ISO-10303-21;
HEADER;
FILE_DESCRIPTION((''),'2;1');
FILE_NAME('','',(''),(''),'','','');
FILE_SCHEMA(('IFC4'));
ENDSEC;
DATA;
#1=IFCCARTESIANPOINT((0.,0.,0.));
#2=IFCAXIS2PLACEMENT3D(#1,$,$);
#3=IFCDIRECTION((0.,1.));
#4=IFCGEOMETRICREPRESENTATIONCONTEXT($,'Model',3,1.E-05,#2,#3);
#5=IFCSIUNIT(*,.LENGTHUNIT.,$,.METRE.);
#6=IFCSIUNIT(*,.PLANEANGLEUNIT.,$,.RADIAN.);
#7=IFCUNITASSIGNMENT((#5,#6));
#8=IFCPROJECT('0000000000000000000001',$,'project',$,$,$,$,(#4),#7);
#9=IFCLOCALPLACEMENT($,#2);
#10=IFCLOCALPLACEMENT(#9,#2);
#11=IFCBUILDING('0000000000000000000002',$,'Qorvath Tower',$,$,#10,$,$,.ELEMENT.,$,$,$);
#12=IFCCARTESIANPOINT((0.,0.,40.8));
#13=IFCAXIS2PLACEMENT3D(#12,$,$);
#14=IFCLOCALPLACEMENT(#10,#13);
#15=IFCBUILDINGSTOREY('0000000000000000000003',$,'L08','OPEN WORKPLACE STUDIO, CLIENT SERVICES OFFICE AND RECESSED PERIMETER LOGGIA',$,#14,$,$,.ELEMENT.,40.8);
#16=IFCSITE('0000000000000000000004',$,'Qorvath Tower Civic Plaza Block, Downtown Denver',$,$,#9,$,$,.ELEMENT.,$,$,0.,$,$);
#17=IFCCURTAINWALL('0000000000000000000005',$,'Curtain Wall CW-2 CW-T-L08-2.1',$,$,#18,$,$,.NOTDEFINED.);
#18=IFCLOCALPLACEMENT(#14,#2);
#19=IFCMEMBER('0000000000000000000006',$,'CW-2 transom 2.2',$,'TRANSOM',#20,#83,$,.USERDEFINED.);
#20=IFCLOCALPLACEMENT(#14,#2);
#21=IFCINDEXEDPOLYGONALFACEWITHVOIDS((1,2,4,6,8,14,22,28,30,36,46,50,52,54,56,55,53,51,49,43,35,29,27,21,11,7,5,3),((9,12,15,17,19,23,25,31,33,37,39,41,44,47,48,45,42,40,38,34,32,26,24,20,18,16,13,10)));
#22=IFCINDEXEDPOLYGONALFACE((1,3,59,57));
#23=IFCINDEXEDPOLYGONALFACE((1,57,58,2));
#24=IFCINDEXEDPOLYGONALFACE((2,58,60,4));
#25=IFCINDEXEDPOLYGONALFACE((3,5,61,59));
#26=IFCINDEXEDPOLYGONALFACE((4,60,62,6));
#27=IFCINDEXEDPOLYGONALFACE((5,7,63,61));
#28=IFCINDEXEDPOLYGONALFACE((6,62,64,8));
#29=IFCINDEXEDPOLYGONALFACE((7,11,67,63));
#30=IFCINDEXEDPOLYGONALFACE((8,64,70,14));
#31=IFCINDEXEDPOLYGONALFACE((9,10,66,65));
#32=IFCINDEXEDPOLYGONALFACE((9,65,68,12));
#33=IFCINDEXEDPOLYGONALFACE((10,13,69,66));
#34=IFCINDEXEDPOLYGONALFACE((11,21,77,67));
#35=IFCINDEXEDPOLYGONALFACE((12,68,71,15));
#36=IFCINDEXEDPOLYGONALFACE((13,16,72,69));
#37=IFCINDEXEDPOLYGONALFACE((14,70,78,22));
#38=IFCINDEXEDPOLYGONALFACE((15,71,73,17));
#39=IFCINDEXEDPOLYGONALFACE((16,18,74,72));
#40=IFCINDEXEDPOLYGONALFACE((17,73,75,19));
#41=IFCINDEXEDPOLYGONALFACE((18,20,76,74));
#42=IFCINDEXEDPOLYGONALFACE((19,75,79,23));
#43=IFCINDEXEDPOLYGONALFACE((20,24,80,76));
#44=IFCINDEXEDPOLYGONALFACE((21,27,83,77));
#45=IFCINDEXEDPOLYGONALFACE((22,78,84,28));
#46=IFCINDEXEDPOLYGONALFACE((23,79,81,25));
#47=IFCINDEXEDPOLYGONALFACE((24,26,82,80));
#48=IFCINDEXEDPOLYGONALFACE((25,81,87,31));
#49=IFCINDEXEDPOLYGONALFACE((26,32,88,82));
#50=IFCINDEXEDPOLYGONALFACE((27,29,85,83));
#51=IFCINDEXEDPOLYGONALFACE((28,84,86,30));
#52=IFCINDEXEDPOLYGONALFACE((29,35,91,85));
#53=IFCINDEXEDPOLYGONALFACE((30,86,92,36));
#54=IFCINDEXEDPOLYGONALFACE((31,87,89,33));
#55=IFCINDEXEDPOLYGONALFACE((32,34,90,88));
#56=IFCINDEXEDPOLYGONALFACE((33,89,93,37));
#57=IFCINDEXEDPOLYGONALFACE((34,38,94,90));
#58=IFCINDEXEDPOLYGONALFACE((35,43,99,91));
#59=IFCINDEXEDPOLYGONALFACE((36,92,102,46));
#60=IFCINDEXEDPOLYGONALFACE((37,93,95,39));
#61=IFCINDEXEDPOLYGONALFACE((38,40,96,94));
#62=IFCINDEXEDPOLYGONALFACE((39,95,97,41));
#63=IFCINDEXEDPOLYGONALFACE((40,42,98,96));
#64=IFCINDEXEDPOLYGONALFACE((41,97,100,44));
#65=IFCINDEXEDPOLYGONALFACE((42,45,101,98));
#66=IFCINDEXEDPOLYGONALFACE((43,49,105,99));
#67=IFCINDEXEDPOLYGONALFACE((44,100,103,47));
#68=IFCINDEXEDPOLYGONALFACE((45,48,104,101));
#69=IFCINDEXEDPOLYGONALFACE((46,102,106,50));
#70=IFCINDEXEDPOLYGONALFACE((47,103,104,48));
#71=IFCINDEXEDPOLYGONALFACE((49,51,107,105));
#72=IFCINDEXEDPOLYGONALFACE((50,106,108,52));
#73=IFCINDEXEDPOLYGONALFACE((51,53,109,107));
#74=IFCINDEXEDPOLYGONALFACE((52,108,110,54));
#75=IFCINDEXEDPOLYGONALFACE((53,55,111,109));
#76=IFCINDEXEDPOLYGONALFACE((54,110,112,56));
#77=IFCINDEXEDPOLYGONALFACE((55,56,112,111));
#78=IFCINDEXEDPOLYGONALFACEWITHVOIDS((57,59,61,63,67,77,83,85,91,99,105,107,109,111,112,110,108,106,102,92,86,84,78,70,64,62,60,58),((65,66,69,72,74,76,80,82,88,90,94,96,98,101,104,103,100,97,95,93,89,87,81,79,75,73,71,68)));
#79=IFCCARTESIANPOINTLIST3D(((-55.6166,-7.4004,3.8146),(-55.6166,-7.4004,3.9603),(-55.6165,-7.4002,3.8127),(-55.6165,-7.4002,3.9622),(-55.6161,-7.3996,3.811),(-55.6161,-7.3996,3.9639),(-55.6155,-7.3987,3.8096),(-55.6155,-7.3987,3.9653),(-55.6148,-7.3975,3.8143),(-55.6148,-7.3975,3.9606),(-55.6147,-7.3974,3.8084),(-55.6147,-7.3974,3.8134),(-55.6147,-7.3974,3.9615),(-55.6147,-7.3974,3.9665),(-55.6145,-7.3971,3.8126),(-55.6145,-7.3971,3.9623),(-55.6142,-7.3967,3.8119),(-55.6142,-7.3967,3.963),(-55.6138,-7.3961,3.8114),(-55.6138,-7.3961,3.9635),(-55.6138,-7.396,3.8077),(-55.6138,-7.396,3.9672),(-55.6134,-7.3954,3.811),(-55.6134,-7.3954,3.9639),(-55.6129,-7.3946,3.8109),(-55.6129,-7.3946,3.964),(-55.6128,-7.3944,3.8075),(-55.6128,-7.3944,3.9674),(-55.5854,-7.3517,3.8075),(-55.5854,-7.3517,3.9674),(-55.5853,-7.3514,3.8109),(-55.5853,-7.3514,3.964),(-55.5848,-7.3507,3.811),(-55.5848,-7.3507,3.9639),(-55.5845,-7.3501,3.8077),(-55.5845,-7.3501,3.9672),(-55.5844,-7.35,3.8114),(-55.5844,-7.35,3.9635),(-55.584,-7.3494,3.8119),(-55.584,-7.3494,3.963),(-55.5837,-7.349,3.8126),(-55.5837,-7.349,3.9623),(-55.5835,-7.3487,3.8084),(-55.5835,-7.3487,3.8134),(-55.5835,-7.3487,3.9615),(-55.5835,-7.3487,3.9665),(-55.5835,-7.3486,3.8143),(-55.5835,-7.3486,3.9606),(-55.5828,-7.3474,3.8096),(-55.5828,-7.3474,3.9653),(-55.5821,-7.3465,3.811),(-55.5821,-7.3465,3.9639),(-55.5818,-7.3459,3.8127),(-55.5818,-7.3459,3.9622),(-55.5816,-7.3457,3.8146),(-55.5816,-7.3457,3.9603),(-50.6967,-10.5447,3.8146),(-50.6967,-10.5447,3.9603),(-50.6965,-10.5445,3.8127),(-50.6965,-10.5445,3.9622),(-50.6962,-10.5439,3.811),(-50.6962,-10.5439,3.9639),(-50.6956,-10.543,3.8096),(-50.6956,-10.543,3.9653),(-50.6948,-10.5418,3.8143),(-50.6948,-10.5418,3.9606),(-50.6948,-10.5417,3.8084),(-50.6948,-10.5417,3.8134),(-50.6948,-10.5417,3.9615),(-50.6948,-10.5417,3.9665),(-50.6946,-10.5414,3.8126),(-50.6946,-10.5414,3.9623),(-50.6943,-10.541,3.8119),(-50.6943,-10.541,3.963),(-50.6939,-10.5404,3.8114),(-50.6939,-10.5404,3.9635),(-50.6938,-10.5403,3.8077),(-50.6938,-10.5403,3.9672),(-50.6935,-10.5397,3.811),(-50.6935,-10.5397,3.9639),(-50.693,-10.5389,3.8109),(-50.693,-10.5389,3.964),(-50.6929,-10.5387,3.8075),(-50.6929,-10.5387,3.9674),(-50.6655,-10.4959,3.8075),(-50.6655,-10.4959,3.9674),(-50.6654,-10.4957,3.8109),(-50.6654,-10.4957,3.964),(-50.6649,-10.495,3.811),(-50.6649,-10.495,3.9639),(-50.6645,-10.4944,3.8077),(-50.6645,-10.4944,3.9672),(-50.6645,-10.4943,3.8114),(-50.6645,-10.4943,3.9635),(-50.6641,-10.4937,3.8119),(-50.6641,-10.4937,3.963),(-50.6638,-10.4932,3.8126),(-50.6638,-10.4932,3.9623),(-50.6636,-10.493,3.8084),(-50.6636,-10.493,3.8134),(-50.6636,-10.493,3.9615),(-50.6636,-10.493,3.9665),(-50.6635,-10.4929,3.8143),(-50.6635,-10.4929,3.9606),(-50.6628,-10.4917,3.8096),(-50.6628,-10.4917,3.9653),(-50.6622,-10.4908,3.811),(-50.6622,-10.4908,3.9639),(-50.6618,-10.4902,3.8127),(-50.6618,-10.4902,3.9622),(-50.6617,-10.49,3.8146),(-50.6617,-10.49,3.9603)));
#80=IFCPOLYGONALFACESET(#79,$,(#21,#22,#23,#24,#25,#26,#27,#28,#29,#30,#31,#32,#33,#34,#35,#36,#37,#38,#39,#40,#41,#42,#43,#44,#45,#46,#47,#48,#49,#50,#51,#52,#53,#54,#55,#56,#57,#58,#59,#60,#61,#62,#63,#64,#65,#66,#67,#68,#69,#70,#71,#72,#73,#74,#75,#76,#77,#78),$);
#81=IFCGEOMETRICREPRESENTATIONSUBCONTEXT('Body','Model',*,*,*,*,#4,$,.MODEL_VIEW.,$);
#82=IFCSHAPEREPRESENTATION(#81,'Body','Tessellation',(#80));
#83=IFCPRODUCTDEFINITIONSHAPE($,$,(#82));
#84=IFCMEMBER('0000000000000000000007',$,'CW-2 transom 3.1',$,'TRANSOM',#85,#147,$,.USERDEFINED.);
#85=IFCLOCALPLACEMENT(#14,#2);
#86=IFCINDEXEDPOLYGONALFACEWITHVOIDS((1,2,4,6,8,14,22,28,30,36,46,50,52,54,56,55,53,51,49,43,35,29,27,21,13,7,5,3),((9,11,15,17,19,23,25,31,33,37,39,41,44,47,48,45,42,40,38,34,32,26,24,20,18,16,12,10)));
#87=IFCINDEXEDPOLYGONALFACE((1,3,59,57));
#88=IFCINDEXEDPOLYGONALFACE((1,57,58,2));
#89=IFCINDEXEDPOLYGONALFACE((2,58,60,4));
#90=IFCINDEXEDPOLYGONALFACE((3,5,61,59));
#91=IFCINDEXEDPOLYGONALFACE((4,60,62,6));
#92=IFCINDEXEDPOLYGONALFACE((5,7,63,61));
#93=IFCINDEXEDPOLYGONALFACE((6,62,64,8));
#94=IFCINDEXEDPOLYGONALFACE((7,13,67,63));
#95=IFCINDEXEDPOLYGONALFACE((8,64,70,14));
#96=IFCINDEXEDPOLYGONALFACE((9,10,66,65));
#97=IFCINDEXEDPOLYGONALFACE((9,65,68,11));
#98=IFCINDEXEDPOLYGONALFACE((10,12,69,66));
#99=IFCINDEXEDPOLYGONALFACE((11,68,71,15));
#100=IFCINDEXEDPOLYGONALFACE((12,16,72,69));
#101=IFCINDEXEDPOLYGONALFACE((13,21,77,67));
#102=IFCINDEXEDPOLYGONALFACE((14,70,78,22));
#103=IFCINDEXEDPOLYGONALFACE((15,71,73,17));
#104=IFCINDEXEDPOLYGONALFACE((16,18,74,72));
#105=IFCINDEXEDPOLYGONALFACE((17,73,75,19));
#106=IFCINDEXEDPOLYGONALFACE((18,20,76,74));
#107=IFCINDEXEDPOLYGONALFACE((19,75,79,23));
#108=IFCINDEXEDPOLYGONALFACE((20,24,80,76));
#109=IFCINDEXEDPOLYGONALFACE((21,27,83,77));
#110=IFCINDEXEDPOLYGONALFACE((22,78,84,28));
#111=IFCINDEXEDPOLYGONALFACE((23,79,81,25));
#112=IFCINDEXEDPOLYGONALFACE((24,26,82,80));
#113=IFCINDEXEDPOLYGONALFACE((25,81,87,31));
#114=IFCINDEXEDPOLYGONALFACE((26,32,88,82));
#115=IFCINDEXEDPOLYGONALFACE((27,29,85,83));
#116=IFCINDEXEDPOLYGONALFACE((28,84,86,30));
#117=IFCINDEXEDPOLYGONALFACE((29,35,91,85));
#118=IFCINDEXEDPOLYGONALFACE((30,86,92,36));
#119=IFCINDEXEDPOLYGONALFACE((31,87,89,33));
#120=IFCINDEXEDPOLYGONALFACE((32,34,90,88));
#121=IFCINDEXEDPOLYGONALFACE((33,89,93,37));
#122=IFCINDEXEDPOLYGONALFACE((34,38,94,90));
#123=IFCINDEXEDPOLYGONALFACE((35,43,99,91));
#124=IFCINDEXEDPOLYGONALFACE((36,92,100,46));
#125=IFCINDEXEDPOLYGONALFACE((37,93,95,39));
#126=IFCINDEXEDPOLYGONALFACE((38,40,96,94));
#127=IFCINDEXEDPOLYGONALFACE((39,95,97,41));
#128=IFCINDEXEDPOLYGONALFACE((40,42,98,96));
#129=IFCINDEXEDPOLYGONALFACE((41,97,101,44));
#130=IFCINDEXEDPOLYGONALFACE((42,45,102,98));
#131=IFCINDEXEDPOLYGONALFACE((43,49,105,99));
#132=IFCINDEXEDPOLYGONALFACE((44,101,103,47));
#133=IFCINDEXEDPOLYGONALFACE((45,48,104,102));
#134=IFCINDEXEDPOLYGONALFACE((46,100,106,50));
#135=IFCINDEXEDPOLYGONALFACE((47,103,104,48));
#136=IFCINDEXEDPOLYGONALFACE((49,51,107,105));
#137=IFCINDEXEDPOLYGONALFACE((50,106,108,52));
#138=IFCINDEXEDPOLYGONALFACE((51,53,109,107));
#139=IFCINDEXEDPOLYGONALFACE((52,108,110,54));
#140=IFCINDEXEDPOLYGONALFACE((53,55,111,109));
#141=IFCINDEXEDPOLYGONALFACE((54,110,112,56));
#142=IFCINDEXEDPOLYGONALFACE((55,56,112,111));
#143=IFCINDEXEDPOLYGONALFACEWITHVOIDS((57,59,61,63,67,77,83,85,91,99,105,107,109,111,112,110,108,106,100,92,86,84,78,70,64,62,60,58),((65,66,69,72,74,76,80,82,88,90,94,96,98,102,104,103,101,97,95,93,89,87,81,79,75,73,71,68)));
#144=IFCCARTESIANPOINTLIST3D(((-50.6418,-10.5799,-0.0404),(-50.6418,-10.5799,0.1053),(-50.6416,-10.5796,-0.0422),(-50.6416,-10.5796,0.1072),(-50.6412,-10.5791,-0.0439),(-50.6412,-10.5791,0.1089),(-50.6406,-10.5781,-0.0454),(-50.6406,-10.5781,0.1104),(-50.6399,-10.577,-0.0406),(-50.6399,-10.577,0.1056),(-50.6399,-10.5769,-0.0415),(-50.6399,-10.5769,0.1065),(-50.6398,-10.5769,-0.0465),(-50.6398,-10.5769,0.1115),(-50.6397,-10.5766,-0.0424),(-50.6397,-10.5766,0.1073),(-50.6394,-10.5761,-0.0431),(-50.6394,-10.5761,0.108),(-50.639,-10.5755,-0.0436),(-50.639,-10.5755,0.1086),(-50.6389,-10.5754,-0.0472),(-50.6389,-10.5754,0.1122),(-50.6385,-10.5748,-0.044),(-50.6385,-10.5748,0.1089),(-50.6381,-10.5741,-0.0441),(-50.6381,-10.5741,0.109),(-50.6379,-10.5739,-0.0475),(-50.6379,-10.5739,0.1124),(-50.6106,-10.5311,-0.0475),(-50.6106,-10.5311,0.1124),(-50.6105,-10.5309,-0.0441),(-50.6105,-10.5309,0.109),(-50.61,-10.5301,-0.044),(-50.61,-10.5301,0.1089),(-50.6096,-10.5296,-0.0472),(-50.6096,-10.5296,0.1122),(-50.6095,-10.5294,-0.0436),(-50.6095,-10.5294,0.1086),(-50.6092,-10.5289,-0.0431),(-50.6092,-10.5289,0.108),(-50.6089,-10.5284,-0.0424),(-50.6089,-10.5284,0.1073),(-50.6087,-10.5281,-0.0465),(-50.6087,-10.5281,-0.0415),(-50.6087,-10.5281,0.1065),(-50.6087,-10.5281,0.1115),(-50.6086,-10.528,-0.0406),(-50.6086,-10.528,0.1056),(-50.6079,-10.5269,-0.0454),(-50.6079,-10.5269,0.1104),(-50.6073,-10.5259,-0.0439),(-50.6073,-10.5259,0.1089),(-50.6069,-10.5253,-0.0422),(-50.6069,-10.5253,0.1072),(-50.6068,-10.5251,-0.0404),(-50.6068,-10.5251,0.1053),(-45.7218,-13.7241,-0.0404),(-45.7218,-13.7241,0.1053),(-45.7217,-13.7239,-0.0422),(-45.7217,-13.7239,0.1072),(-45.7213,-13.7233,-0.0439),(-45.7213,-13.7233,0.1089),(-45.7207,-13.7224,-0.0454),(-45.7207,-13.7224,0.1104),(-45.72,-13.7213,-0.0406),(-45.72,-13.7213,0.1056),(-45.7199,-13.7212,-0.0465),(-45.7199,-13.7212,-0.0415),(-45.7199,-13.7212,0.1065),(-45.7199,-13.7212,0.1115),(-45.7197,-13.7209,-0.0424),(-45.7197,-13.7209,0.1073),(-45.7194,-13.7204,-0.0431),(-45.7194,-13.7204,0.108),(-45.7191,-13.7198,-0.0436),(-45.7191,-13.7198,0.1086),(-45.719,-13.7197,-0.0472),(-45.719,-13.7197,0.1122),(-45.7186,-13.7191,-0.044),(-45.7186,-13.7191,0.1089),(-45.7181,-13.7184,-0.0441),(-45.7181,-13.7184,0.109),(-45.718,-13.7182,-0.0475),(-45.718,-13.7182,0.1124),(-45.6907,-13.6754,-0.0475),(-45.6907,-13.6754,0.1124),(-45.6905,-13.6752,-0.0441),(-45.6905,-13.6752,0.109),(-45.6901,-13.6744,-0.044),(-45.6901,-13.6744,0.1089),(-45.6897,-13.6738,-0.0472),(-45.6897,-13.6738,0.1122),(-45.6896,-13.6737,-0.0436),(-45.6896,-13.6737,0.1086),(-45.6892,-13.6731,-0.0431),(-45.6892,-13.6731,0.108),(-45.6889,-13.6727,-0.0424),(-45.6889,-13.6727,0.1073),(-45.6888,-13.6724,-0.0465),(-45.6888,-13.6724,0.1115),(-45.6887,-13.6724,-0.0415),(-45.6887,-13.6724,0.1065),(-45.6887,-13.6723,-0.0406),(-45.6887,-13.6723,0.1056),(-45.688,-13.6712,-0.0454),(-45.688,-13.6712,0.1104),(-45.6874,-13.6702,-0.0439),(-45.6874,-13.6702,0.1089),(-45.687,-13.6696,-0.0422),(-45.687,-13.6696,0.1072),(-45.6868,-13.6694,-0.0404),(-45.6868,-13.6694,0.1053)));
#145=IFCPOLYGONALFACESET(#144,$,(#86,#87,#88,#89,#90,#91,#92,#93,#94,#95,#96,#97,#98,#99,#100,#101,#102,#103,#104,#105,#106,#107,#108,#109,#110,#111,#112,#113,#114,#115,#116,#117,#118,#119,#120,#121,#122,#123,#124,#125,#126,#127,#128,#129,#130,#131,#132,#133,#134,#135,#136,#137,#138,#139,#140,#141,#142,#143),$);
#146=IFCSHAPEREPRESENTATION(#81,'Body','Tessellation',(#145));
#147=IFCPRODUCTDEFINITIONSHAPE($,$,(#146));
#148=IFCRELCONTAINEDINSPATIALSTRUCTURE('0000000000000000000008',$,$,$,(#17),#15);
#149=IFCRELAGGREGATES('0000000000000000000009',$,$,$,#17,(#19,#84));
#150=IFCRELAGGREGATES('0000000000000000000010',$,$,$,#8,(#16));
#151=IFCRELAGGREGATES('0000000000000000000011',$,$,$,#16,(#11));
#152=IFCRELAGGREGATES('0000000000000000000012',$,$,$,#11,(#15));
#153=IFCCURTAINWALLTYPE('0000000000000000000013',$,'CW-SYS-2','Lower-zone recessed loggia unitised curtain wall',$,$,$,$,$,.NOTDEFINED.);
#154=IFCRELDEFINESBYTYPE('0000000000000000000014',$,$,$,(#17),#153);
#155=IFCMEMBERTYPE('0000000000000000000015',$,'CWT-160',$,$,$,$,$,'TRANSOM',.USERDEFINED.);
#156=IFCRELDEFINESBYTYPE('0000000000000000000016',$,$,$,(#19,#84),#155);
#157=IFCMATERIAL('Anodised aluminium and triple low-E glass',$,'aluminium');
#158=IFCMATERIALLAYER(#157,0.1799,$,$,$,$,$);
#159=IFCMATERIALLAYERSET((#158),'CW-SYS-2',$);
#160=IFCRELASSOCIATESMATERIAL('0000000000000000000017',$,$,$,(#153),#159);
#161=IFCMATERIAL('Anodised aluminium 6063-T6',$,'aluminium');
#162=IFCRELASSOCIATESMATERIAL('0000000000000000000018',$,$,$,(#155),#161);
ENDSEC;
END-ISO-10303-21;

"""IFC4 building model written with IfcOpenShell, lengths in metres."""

from ifc_helpers import new_model, si_unit, direction, frame, origin, origin_2d, place, context, subcontext, project, spatial, hollow_rectangle, extrude, material, layer, layer_set, material_profile, profile_set, type_object, element, aggregate, save


model = new_model("IFC4")

# Units and contexts
model_context = context("Model", 3, precision=1e-05, world=origin(), true_north=direction((0.0, 1.0)))
body_context = subcontext(model_context, "Body", "Model", "MODEL_VIEW")
ifc_project = project(units=[si_unit("LENGTHUNIT", "METRE"), si_unit("PLANEANGLEUNIT", "RADIAN")], contexts=[model_context])

# Site, building, storey
site_placement = place(None, origin())
site = spatial("IfcSite", under=ifc_project, at=site_placement, Name="Qorvath Tower Civic Plaza Block, Downtown Denver", CompositionType="ELEMENT", RefElevation=0.0)
building_placement = place(site_placement, origin())
building = spatial("IfcBuilding", under=site, at=building_placement, Name="Qorvath Tower", CompositionType="ELEMENT")
storey_placement = place(building_placement, frame((0.0, 0.0, 40.8)))
storey = spatial("IfcBuildingStorey", under=building, at=storey_placement, Name="L08", Description="OPEN WORKPLACE STUDIO, CLIENT SERVICES OFFICE AND RECESSED PERIMETER LOGGIA", CompositionType="ELEMENT", Elevation=40.8)

# Curtain wall, members
ifc_material_1 = material(Name="Anodised aluminium and triple low-E glass", Category="aluminium")
ifc_layer_1 = layer(ifc_material_1, 0.1799)
ifc_layer_set_1 = layer_set([ifc_layer_1], Name="CW-SYS-2")
curtain_wall_type = type_object("IfcCurtainWallType", Name="CW-SYS-2", Description="Lower-zone recessed loggia unitised curtain wall", PredefinedType="NOTDEFINED", material=ifc_layer_set_1)
curtain_wall_placement = place(storey_placement, origin())
curtain_wall = element("IfcCurtainWall", 1, at=curtain_wall_placement, inside=storey, type_object=curtain_wall_type, Name="Curtain Wall CW-2 CW-T-L08-2.1", PredefinedType="NOTDEFINED")
ifc_material_2 = material(Name="Anodised aluminium 6063-T6", Category="aluminium")
ifc_material_profile_1 = material_profile(ifc_material_2, hollow_rectangle(XDim=0.0649, YDim=0.1599, WallThickness=0.0034, InnerFilletRadius=0.0034, OuterFilletRadius=0.0071, at=origin_2d()), Name="CWT 160x65")
ifc_profile_set_1 = profile_set([ifc_material_profile_1], Name="Anodised aluminium 6063-T6")
member_type_1 = type_object("IfcMemberType", Name="CWT-160", ElementType="TRANSOM", PredefinedType="USERDEFINED", material=ifc_profile_set_1)
member_1_placement = place(storey_placement, frame((-55.5991, -7.373, 3.8875), z_axis=(0.842618, -0.538511, 0.0), x_axis=(0.538511, 0.842618, 0.0)))
member_1 = element("IfcMember", 2, at=member_1_placement, type_object=member_type_1, Name="CW-2 transom 2.2", ObjectType="TRANSOM", PredefinedType="USERDEFINED", context=body_context, shape_type="SweptSolid", body=[
    extrude(hollow_rectangle(XDim=0.0649, YDim=0.1599, WallThickness=0.0034, InnerFilletRadius=0.0034, OuterFilletRadius=0.0071, at=origin_2d()), origin(), (0.0, 0.0, 1.0), 5.8389),
])
member_2_placement = place(storey_placement, frame((-50.6243, -10.5525, 0.0325), z_axis=(0.842618, -0.538511, 0.0), x_axis=(0.538511, 0.842618, 0.0)))
member_2 = element("IfcMember", 3, at=member_2_placement, type_object=member_type_1, Name="CW-2 transom 3.1", ObjectType="TRANSOM", PredefinedType="USERDEFINED", context=body_context, shape_type="SweptSolid", body=[
    extrude(hollow_rectangle(XDim=0.0649, YDim=0.1599, WallThickness=0.0034, InnerFilletRadius=0.0034, OuterFilletRadius=0.0071, at=origin_2d()), origin(), (0.0, 0.0, 1.0), 5.8389),
])
aggregate(curtain_wall, [member_1, member_2])

save(model, "model.ifc")
